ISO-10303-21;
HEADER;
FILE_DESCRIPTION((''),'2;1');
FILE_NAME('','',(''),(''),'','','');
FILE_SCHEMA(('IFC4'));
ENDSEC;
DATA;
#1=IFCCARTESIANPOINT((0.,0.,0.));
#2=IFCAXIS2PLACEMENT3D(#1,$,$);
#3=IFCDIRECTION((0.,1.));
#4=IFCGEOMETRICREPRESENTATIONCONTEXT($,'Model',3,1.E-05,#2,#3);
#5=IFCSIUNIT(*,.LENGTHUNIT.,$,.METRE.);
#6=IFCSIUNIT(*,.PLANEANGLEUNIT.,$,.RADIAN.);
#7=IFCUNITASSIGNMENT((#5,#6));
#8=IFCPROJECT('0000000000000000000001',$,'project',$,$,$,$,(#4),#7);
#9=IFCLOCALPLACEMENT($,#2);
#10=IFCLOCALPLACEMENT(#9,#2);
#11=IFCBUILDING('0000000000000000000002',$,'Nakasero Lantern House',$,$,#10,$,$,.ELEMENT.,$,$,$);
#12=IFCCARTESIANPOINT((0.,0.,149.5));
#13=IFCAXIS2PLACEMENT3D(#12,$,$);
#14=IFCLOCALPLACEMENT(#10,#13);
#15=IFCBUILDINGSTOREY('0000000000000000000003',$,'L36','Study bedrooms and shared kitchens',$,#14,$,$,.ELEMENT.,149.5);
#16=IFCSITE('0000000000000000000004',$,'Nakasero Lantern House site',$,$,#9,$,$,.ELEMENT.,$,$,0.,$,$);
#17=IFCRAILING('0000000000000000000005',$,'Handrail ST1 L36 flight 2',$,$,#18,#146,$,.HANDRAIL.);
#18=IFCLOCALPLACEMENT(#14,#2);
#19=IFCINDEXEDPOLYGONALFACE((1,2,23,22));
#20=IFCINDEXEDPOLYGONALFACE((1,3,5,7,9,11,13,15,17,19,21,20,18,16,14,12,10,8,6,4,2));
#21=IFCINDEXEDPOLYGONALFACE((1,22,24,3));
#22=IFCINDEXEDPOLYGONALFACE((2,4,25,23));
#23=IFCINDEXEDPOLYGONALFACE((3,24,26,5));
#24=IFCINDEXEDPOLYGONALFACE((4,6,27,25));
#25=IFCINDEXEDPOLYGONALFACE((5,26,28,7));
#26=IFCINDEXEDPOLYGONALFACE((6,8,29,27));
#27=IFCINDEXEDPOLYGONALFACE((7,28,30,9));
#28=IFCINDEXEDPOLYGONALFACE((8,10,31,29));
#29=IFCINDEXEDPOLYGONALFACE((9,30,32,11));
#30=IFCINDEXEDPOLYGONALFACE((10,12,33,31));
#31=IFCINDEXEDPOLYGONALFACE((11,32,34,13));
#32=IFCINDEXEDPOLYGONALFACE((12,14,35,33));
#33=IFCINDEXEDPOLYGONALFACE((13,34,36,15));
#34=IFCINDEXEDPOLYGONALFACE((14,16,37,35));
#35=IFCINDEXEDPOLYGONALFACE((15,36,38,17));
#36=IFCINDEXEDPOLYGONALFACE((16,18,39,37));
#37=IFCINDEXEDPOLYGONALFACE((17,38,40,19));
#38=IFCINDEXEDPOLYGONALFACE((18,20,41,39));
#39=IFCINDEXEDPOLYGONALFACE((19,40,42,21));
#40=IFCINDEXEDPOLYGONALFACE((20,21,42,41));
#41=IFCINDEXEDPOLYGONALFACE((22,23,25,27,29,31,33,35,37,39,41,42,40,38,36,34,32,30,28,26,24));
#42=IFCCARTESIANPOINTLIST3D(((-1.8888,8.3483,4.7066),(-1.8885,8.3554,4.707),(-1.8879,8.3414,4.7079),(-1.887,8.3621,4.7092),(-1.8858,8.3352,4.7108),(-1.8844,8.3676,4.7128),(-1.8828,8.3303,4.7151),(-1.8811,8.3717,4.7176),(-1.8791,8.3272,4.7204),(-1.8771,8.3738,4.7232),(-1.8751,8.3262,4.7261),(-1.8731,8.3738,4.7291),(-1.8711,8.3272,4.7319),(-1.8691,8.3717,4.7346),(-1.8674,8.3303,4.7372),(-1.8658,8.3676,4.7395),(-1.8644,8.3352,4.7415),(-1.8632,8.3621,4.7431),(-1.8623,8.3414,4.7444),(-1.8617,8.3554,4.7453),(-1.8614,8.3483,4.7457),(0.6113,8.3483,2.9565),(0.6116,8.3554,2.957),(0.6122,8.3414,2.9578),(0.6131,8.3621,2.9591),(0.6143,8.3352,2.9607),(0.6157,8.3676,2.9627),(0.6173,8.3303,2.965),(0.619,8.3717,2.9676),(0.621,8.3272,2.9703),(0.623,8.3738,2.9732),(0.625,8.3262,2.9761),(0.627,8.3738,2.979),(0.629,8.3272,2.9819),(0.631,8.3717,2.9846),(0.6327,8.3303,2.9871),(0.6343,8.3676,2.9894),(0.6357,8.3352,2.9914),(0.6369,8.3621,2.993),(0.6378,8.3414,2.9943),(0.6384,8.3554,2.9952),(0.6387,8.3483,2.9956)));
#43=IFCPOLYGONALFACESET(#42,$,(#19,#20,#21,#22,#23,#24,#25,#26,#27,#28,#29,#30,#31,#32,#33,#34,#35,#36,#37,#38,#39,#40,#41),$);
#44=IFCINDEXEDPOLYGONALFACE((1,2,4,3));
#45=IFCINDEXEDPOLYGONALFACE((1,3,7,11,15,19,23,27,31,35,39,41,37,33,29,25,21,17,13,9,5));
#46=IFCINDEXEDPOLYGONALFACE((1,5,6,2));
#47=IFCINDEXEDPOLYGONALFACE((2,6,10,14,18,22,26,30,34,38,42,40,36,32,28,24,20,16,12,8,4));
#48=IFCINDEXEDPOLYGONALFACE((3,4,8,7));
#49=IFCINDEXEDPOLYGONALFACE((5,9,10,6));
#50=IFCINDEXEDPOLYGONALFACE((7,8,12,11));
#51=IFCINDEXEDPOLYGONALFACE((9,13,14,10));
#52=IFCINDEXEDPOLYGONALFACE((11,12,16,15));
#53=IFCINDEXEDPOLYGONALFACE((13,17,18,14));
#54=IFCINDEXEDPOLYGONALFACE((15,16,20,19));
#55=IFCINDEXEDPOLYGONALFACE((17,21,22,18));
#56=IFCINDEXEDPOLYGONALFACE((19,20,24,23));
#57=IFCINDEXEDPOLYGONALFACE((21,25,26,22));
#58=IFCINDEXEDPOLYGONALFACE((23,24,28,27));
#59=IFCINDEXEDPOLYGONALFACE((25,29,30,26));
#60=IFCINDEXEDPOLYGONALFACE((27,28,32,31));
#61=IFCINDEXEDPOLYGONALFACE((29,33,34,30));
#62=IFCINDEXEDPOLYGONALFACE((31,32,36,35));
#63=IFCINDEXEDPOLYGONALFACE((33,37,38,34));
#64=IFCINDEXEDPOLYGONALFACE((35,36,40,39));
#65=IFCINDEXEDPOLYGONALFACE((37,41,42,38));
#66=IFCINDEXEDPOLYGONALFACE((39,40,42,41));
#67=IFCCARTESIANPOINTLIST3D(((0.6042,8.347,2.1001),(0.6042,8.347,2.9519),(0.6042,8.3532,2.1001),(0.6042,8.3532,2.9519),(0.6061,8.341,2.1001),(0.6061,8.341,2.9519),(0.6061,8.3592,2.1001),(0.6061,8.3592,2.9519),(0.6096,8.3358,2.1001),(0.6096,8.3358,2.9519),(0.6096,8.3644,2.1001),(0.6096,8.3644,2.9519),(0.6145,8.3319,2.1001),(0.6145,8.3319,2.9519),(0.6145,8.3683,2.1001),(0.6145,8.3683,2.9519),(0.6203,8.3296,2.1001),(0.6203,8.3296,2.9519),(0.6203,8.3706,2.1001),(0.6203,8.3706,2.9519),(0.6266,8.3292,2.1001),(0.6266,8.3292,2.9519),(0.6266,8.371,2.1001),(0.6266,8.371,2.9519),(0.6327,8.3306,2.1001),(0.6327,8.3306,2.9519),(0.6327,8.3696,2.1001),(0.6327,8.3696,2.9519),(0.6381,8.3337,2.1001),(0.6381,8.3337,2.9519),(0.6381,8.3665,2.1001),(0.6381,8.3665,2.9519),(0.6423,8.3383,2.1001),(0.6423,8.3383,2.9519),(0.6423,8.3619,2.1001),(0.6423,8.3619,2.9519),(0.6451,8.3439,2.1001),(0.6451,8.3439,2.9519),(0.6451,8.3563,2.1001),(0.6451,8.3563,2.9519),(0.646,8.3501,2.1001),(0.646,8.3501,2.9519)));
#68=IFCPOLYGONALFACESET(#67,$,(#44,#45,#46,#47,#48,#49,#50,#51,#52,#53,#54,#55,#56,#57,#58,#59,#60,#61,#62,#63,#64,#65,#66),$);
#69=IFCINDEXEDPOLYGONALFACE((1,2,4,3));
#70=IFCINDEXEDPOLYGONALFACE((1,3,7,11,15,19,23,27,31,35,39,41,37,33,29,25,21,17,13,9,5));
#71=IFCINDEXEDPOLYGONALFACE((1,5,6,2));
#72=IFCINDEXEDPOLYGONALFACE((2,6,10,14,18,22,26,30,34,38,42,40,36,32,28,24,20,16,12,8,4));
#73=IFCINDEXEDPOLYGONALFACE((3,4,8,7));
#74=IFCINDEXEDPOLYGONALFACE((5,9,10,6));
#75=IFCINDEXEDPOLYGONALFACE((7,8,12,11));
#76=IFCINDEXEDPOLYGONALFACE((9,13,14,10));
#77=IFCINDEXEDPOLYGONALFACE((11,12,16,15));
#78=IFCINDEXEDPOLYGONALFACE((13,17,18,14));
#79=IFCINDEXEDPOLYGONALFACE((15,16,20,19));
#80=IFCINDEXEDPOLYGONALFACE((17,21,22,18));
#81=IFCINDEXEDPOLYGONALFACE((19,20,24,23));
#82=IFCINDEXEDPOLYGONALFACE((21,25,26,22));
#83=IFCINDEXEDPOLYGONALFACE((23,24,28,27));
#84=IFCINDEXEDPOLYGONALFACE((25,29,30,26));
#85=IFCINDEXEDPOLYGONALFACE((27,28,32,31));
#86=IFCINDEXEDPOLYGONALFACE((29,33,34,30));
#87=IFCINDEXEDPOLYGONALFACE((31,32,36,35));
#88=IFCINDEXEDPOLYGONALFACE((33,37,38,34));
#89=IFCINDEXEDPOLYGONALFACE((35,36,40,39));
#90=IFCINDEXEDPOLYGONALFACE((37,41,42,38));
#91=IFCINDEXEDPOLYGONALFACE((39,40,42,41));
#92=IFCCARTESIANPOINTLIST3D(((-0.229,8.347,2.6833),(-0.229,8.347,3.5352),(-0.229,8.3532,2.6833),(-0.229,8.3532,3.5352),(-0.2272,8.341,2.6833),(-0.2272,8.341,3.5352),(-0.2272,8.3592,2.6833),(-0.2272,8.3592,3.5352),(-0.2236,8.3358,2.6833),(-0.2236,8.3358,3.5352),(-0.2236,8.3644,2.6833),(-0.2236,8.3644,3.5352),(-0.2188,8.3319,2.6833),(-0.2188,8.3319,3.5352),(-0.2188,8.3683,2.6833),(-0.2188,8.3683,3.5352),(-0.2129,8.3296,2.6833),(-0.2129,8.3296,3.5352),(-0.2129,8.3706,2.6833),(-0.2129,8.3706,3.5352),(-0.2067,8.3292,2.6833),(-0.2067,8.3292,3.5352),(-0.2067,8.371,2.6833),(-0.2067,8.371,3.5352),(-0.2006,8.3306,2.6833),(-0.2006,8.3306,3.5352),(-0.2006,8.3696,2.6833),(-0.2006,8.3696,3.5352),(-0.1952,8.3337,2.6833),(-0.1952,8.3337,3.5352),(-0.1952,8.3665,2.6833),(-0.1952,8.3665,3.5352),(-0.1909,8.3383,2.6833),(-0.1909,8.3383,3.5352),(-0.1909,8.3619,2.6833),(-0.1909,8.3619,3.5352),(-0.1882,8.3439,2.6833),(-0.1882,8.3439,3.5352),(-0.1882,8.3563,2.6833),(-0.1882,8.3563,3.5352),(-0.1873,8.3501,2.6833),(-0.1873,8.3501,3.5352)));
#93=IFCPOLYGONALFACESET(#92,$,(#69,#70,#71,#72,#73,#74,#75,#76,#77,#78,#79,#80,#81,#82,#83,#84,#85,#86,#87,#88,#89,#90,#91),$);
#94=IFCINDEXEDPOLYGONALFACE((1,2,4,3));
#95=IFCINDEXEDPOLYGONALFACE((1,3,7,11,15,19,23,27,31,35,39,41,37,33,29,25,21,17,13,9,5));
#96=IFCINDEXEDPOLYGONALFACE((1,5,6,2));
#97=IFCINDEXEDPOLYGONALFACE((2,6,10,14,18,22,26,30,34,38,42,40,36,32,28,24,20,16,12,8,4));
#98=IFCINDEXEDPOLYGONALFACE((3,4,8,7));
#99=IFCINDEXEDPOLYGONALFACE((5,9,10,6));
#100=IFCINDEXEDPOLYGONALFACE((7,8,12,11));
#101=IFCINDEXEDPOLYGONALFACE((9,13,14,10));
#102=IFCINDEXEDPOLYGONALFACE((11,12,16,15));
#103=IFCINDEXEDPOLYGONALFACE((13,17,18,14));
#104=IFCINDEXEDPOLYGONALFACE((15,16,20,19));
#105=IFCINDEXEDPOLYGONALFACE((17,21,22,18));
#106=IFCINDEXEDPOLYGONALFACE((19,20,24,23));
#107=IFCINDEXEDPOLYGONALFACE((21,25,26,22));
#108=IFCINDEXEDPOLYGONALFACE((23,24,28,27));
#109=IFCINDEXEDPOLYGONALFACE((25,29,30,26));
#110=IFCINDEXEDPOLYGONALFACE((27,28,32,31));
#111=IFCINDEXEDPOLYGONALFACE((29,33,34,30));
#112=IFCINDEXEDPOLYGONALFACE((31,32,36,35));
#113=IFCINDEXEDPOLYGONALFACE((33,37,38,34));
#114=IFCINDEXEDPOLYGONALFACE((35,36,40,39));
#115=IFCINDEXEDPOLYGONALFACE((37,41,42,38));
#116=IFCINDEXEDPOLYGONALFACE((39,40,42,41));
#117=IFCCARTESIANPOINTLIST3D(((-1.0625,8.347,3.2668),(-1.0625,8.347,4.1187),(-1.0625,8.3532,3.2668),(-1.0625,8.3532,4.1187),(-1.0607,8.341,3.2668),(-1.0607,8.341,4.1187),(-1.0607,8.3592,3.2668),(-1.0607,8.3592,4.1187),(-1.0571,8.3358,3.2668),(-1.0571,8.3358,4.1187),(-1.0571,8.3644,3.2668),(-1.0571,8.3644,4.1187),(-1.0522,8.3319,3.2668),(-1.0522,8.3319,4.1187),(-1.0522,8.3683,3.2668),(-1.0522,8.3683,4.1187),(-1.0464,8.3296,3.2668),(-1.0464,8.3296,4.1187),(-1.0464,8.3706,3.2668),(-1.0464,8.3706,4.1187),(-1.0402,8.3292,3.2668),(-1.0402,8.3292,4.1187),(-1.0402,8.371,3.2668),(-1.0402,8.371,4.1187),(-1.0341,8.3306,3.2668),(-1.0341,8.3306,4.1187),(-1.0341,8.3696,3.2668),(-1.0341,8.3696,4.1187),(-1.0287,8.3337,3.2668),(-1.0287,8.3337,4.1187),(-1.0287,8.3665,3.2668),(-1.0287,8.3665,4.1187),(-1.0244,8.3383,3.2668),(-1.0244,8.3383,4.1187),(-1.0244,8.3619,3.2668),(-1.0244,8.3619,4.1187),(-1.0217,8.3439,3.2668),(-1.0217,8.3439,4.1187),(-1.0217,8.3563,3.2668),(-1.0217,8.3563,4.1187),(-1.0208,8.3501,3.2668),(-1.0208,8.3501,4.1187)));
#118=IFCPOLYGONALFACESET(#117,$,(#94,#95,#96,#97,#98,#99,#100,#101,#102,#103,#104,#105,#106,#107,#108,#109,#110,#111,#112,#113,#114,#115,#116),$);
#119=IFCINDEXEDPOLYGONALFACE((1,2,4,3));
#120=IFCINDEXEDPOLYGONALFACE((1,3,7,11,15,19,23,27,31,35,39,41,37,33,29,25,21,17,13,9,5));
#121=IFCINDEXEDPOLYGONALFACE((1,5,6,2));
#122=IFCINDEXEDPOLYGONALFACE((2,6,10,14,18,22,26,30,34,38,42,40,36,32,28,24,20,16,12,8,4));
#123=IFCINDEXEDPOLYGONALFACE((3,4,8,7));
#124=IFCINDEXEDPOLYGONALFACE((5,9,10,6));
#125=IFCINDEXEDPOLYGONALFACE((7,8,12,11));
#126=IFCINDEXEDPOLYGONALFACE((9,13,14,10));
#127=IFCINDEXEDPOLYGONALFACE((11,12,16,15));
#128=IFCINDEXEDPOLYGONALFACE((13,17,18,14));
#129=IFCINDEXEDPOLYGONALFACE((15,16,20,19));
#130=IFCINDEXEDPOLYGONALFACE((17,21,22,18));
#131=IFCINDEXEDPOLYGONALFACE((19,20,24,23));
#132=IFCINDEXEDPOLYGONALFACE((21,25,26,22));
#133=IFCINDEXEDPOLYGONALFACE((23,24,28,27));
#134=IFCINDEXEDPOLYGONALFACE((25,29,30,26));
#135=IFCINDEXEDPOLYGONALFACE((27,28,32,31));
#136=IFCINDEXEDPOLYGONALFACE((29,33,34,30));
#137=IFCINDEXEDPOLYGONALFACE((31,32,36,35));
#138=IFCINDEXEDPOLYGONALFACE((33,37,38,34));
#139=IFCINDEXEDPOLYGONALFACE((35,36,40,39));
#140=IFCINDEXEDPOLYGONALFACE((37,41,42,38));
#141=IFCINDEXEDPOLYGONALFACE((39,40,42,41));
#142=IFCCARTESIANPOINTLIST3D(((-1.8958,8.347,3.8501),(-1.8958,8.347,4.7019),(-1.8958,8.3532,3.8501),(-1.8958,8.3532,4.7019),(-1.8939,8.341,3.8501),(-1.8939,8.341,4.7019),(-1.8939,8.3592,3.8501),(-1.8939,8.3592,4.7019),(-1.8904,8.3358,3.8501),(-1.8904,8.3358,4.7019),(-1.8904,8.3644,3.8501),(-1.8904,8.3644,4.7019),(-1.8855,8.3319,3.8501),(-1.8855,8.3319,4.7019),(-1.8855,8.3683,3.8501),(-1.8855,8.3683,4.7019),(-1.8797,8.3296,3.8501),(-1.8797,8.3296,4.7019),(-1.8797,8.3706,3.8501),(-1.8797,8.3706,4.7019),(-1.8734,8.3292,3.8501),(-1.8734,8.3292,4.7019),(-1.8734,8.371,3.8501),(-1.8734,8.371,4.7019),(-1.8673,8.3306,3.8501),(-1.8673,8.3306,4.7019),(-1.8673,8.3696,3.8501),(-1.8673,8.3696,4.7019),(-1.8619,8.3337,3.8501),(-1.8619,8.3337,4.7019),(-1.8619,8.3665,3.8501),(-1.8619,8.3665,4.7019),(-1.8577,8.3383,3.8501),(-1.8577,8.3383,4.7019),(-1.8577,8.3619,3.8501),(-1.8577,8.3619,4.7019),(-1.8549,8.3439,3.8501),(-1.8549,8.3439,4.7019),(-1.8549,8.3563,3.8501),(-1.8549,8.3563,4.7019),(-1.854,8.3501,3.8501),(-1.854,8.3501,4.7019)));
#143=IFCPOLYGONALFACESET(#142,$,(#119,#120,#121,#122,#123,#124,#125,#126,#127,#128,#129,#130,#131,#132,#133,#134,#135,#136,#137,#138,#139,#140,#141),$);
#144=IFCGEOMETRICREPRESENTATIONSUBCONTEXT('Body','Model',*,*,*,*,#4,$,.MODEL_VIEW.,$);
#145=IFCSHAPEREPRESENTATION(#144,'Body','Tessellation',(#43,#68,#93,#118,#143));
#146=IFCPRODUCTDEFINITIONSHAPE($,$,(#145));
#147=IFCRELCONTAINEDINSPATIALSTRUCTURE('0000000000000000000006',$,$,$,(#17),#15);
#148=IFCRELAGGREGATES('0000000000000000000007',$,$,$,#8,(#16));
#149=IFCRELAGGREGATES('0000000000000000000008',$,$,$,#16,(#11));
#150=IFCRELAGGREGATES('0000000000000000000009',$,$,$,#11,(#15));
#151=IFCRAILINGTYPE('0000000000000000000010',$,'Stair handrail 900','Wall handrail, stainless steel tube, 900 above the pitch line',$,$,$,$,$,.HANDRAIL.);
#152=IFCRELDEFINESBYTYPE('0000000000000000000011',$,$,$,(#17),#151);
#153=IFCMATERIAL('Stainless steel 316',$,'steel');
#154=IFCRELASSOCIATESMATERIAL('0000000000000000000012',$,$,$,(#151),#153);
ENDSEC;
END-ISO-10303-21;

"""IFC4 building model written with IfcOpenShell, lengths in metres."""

from ifc_helpers import new_model, si_unit, direction, frame, origin, origin_2d, place, context, subcontext, project, spatial, circle, extrude, material, type_object, element, save


model = new_model("IFC4")

# Units and contexts
model_context = context("Model", 3, precision=1e-05, world=origin(), true_north=direction((0.0, 1.0)))
body_context = subcontext(model_context, "Body", "Model", "MODEL_VIEW")
ifc_project = project(units=[si_unit("LENGTHUNIT", "METRE"), si_unit("PLANEANGLEUNIT", "RADIAN")], contexts=[model_context])

# Site, building, storey
site_placement = place(None, origin())
site = spatial("IfcSite", under=ifc_project, at=site_placement, Name="Nakasero Lantern House site", CompositionType="ELEMENT", RefElevation=0.0)
building_placement = place(site_placement, origin())
building = spatial("IfcBuilding", under=site, at=building_placement, Name="Nakasero Lantern House", CompositionType="ELEMENT")
storey_placement = place(building_placement, frame((0.0, 0.0, 149.5)))
storey = spatial("IfcBuildingStorey", under=building, at=storey_placement, Name="L36", Description="Study bedrooms and shared kitchens", CompositionType="ELEMENT", Elevation=149.5)

# Railing
ifc_material_1 = material(Name="Stainless steel 316", Category="steel")
railing_type = type_object("IfcRailingType", Name="Stair handrail 900", Description="Wall handrail, stainless steel tube, 900 above the pitch line", PredefinedType="HANDRAIL", material=ifc_material_1)
railing_placement = place(storey_placement, frame((0.625, 8.3501, 2.1001)))
element("IfcRailing", 1, at=railing_placement, inside=storey, type_object=railing_type, Name="Handrail ST1 L36 flight 2", PredefinedType="HANDRAIL", context=body_context, shape_type="SweptSolid", body=[
    extrude(circle(Radius=0.0239, at=origin_2d()), frame((0.0, 0.0, 0.876), z_axis=(-0.819232, 0.0, 0.573462), x_axis=(0.0, -1.0, 0.0)), (0.0, 0.0, 1.0), 3.0518),
    extrude(circle(Radius=0.021, at=origin_2d()), origin(), (0.0, 0.0, 1.0), 0.8518),
    extrude(circle(Radius=0.021, at=origin_2d()), frame((-0.8333, 0.0, 0.5833)), (0.0, 0.0, 1.0), 0.8518),
    extrude(circle(Radius=0.021, at=origin_2d()), frame((-1.6667, 0.0, 1.1667)), (0.0, 0.0, 1.0), 0.8518),
    extrude(circle(Radius=0.021, at=origin_2d()), frame((-2.5, 0.0, 1.75)), (0.0, 0.0, 1.0), 0.8518),
])

save(model, "model.ifc")
